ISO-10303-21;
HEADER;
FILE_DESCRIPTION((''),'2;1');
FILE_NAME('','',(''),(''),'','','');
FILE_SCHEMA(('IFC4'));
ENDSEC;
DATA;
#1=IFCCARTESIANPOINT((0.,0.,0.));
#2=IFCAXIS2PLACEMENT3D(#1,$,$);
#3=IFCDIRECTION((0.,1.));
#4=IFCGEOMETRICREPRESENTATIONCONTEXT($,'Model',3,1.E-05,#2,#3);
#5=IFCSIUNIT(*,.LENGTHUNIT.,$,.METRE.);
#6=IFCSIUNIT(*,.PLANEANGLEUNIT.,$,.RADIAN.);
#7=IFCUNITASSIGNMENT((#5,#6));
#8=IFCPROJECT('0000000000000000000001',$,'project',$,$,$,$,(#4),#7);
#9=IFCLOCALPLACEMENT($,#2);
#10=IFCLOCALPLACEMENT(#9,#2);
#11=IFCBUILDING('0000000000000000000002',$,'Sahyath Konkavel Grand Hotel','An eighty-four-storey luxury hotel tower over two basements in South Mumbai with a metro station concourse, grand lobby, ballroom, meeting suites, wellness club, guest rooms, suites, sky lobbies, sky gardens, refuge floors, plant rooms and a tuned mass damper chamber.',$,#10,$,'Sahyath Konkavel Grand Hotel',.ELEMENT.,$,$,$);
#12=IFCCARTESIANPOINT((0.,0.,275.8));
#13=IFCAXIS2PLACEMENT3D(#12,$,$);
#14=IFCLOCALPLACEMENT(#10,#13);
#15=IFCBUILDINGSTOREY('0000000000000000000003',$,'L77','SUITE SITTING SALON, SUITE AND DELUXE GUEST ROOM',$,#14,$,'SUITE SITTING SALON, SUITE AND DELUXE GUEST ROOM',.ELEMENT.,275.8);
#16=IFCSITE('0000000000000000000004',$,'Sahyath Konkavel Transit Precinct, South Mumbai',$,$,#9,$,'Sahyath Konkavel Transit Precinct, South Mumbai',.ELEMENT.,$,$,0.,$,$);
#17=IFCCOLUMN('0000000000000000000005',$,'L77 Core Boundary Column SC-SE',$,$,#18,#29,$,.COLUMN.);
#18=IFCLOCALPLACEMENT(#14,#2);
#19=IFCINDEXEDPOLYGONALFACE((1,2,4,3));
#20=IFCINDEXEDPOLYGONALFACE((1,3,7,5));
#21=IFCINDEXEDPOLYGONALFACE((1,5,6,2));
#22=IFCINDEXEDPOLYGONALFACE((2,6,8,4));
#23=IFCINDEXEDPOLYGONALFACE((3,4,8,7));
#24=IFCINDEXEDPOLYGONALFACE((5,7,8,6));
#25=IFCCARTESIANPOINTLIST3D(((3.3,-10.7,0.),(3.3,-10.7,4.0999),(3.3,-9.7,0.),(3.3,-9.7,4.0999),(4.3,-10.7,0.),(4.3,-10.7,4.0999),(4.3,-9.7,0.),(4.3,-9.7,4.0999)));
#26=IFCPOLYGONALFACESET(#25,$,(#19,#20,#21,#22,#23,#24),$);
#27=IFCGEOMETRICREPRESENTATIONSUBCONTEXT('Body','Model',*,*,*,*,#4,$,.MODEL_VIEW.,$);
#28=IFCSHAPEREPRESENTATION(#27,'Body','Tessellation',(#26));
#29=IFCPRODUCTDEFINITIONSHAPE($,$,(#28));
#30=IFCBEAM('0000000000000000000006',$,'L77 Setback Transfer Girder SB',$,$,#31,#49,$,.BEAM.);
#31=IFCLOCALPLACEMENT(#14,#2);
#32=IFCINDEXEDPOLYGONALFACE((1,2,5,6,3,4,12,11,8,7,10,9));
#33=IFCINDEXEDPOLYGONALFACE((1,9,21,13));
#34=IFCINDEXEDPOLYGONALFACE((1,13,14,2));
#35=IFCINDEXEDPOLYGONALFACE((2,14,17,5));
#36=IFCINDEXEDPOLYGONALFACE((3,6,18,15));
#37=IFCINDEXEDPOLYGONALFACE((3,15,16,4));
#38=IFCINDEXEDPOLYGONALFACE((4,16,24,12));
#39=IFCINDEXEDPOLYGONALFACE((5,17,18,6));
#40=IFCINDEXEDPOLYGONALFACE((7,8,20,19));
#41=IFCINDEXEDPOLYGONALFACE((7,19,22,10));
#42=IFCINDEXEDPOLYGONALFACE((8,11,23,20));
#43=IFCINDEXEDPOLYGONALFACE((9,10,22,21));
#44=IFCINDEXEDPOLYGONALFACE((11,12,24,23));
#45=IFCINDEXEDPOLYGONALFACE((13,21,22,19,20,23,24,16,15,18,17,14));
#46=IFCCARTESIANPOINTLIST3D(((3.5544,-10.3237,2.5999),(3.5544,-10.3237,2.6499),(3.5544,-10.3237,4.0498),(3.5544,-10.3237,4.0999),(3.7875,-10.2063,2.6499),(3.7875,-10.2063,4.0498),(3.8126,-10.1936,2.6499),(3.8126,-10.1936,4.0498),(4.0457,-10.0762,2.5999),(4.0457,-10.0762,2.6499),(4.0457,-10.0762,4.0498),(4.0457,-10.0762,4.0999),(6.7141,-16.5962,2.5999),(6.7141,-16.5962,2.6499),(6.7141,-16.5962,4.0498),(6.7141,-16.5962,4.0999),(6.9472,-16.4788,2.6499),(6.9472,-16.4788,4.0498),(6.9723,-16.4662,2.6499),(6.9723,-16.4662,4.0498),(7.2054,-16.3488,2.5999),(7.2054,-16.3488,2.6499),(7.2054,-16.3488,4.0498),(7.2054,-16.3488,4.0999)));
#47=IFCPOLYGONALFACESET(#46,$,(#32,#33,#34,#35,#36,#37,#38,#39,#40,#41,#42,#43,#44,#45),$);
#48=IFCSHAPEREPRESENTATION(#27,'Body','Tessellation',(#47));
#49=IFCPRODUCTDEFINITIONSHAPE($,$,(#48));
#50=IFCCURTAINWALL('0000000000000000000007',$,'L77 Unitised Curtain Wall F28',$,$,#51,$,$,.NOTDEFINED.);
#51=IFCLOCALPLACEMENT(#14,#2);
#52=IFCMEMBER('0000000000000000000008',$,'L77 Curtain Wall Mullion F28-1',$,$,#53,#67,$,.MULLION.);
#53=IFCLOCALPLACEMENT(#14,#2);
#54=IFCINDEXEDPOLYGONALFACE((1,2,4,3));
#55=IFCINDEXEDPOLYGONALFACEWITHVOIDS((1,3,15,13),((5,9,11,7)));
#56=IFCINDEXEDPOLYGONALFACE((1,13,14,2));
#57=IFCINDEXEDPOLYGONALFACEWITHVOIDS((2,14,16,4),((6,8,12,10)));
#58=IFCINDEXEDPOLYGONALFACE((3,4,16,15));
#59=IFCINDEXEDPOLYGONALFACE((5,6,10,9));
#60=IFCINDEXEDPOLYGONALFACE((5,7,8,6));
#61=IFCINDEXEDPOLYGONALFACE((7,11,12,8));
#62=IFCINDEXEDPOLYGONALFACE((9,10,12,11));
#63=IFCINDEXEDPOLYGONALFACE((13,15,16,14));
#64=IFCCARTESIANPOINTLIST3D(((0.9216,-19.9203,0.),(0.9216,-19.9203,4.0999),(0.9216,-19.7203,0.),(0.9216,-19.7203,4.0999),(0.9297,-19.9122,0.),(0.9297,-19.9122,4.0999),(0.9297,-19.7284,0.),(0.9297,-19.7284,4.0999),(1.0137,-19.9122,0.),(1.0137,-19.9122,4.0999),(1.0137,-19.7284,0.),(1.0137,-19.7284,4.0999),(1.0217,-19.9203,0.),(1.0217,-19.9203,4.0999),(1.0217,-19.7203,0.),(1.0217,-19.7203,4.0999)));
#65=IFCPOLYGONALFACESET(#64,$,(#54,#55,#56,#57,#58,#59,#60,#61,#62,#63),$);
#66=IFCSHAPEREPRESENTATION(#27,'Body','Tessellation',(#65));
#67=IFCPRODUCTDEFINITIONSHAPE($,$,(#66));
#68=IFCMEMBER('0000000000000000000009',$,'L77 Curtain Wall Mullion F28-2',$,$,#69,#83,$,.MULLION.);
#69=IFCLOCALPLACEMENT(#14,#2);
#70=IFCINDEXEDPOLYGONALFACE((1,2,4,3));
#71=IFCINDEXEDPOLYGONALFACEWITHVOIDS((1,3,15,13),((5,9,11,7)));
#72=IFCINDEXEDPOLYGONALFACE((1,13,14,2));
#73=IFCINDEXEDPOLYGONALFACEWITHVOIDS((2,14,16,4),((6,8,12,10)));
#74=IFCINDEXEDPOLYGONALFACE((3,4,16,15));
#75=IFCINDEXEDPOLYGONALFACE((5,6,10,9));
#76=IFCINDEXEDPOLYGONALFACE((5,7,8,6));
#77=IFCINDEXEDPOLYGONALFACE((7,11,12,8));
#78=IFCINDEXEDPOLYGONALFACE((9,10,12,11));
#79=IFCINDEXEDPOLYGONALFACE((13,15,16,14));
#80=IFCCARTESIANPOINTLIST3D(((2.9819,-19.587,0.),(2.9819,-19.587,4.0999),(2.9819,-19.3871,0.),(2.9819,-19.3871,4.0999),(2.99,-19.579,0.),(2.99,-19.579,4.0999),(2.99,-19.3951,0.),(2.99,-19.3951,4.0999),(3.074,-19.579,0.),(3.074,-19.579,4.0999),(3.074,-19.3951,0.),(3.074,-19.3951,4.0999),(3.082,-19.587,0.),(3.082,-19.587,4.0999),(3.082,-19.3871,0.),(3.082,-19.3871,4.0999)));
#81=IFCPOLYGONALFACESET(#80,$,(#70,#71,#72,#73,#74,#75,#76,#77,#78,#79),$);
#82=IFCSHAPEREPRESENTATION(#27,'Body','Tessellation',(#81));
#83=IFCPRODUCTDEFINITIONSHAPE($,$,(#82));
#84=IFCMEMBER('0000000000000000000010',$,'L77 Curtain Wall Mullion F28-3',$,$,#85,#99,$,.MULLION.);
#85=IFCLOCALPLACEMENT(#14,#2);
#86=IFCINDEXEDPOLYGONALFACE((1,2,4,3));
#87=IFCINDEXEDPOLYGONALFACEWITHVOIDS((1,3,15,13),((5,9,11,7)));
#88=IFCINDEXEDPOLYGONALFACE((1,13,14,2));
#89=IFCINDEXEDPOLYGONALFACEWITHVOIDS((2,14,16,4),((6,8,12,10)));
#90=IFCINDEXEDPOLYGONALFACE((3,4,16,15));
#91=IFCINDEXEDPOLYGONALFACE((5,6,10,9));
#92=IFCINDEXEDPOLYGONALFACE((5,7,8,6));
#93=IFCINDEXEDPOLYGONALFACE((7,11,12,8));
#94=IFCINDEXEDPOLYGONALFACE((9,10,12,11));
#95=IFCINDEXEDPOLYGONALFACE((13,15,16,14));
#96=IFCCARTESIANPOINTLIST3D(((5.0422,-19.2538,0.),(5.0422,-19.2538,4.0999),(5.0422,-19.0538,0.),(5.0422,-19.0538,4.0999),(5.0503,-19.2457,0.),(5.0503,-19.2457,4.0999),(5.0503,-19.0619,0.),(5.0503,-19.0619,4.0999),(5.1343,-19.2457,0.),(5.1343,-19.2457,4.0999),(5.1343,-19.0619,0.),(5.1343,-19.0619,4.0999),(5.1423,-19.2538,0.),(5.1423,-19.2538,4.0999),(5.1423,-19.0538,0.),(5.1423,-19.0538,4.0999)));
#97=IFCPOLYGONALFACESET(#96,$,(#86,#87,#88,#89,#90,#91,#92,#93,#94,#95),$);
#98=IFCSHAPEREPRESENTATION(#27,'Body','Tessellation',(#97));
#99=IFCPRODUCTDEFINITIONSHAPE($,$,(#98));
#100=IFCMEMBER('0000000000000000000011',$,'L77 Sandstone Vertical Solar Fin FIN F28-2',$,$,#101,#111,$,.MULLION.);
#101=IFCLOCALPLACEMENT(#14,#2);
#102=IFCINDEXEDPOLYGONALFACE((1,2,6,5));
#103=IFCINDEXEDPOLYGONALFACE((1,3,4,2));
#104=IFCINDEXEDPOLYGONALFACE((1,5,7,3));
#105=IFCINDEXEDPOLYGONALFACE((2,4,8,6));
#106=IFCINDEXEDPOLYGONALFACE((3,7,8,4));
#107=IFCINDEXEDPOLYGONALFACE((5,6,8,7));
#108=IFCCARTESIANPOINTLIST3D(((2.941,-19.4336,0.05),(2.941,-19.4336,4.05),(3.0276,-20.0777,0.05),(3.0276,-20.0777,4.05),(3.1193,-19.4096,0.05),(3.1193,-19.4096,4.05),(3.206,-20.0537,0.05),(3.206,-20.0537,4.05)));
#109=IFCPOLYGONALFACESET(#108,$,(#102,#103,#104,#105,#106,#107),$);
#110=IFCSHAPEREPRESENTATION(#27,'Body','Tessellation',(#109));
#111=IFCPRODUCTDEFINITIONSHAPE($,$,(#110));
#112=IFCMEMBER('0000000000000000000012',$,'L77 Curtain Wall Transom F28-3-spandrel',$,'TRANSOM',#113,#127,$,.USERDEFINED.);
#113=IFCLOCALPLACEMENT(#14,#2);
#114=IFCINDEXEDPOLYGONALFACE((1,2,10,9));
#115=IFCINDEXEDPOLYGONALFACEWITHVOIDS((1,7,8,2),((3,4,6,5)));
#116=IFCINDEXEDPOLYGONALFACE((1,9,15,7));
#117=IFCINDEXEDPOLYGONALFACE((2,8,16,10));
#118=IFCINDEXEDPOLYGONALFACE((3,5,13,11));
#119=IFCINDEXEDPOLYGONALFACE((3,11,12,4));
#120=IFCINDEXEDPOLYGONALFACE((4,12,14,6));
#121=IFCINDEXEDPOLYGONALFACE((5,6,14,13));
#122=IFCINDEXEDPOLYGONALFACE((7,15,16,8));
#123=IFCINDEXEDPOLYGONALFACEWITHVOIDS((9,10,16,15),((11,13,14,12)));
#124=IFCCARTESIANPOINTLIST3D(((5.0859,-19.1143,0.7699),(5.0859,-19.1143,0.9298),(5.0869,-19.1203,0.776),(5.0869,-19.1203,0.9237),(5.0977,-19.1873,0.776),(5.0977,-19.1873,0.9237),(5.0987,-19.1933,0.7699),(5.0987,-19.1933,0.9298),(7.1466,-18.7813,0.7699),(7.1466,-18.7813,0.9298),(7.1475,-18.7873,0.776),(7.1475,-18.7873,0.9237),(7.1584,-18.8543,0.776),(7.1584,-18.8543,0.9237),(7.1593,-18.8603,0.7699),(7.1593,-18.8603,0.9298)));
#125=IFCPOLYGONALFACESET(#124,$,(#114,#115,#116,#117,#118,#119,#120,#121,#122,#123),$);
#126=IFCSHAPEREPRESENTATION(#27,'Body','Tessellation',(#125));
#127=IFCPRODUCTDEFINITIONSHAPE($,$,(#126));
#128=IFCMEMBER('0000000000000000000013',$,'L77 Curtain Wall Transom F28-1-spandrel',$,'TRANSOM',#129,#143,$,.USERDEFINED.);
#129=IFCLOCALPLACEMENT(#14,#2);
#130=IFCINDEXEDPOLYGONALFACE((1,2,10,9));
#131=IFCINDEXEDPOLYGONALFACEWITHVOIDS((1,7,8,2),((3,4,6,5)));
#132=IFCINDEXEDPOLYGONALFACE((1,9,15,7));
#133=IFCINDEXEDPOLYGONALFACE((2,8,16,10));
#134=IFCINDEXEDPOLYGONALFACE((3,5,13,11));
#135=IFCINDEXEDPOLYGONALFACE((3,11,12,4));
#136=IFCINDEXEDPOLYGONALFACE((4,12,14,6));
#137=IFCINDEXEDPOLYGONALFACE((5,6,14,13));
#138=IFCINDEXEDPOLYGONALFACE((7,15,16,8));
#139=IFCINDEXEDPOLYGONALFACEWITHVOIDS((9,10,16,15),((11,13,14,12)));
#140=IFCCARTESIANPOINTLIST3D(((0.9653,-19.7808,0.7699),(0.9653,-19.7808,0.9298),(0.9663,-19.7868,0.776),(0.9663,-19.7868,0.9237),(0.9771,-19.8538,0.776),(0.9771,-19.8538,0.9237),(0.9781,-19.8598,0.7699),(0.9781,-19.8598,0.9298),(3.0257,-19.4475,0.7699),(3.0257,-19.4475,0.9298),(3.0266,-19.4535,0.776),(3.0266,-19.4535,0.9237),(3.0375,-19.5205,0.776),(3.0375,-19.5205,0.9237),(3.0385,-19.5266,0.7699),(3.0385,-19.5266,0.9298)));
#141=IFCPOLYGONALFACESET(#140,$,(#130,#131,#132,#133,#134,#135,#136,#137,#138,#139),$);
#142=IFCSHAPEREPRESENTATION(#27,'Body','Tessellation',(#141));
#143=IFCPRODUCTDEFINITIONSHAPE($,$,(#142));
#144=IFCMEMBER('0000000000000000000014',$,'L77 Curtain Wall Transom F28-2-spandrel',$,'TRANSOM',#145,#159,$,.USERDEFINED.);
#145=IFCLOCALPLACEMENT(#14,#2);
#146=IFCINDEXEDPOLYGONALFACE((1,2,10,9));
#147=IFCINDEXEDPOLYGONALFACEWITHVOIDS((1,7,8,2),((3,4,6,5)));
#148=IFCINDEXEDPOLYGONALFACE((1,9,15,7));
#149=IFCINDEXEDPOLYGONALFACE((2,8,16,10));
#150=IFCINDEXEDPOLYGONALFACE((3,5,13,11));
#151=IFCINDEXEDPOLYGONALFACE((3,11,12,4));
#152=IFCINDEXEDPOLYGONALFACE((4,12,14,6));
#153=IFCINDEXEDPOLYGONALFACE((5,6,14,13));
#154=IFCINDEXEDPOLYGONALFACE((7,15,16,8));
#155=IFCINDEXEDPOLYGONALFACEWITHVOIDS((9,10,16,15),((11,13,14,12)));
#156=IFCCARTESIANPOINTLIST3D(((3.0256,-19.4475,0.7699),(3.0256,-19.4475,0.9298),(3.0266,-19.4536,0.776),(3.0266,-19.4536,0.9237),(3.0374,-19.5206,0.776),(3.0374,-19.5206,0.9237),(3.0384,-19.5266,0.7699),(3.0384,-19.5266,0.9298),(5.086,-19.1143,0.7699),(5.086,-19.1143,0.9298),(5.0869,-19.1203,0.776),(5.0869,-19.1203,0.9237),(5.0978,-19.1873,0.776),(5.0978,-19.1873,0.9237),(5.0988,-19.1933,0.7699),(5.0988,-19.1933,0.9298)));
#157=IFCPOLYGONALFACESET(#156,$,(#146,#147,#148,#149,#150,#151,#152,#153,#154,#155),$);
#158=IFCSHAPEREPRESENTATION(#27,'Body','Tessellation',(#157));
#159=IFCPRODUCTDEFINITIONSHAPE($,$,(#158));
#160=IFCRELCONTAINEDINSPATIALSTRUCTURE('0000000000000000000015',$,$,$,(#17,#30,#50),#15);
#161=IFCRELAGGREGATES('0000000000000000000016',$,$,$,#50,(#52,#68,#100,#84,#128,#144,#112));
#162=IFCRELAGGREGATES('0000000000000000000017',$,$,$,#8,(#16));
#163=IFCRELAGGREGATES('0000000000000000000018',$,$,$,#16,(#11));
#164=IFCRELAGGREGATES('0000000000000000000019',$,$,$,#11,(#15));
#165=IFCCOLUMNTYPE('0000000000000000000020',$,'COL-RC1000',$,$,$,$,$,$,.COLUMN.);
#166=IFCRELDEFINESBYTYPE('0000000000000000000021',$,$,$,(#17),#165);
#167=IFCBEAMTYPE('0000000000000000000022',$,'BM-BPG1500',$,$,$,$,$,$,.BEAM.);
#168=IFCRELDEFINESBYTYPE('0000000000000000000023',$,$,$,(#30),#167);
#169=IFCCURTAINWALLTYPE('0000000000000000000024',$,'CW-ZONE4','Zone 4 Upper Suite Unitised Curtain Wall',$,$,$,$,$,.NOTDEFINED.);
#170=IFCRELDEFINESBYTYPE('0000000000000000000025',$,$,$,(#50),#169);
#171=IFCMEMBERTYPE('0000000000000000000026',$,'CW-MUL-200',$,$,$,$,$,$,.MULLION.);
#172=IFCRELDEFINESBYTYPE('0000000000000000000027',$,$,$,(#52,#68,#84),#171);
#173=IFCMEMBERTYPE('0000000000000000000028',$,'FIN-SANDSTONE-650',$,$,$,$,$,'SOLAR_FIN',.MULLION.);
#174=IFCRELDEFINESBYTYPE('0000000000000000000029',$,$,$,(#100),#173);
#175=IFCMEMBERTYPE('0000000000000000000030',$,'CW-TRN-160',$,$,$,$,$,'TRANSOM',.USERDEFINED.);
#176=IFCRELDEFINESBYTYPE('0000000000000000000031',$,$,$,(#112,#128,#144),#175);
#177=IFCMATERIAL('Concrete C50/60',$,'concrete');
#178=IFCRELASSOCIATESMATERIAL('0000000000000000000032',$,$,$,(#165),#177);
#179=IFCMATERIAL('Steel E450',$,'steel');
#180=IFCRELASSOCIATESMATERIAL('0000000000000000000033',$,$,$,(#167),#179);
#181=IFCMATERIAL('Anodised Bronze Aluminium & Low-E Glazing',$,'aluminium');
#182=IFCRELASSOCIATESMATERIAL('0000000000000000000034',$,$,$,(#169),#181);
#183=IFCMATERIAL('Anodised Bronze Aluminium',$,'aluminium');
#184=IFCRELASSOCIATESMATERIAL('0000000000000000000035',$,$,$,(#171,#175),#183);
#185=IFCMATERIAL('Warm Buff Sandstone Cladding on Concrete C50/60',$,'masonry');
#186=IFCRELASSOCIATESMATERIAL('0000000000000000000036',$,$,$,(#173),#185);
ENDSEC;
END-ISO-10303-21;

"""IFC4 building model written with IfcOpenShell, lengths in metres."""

from ifc_helpers import new_model, si_unit, direction, frame, origin, origin_2d, place, context, subcontext, project, spatial, rectangle, hollow_rectangle, i_section, extrude, source, transform, mapped, material, material_profile, profile_set, type_object, element, aggregate, save


model = new_model("IFC4")

# Units and contexts
model_context = context("Model", 3, precision=1e-05, world=origin(), true_north=direction((0.0, 1.0)))
body_context = subcontext(model_context, "Body", "Model", "MODEL_VIEW")
ifc_project = project(units=[si_unit("LENGTHUNIT", "METRE"), si_unit("PLANEANGLEUNIT", "RADIAN")], contexts=[model_context])

# Site, building, storey
site_placement = place(None, origin())
site = spatial("IfcSite", under=ifc_project, at=site_placement, Name="Sahyath Konkavel Transit Precinct, South Mumbai", LongName="Sahyath Konkavel Transit Precinct, South Mumbai", CompositionType="ELEMENT", RefElevation=0.0)
building_placement = place(site_placement, origin())
building = spatial("IfcBuilding", under=site, at=building_placement, Name="Sahyath Konkavel Grand Hotel", Description="An eighty-four-storey luxury hotel tower over two basements in South Mumbai with a metro station concourse, grand lobby, ballroom, meeting suites, wellness club, guest rooms, suites, sky lobbies, sky gardens, refuge floors, plant rooms and a tuned mass damper chamber.", LongName="Sahyath Konkavel Grand Hotel", CompositionType="ELEMENT")
storey_placement = place(building_placement, frame((0.0, 0.0, 275.8)))
storey = spatial("IfcBuildingStorey", under=building, at=storey_placement, Name="L77", Description="SUITE SITTING SALON, SUITE AND DELUXE GUEST ROOM", LongName="SUITE SITTING SALON, SUITE AND DELUXE GUEST ROOM", CompositionType="ELEMENT", Elevation=275.8)

# Column
ifc_material_1 = material(Name="Concrete C50/60", Category="concrete")
ifc_material_profile_1 = material_profile(ifc_material_1, rectangle(XDim=1.0, YDim=1.0, at=origin_2d()), Name="RC 1000x1000")
ifc_profile_set_1 = profile_set([ifc_material_profile_1], Name="Concrete C50/60")
column_type = type_object("IfcColumnType", Name="COL-RC1000", PredefinedType="COLUMN", material=ifc_profile_set_1)
shared_shape_1 = source(origin(), body_context, "Body", "SweptSolid", [
    extrude(rectangle(XDim=1.0, YDim=1.0, at=origin_2d()), origin(), (0.0, 0.0, 1.0), 4.0999),
])
column_placement = place(storey_placement, frame((3.8, -10.2, 0.0), z_axis=(0.0, 0.0, 1.0), x_axis=(1.0, 0.0, 0.0)))
element("IfcColumn", 1, at=column_placement, inside=storey, type_object=column_type, Name="L77 Core Boundary Column SC-SE", PredefinedType="COLUMN", context=body_context, shape_type="MappedRepresentation", body=[
    mapped(shared_shape_1, transform((0.0, 0.0, 0.0), scale=1.0)),
])

# Beam
ifc_material_2 = material(Name="Steel E450", Category="steel")
ifc_material_profile_2 = material_profile(ifc_material_2, i_section(OverallWidth=0.55, OverallDepth=1.5, WebThickness=0.0281, FlangeThickness=0.05, at=origin_2d()), Name="BPG 1500x550")
ifc_profile_set_2 = profile_set([ifc_material_profile_2], Name="Steel E450")
beam_type_1 = type_object("IfcBeamType", Name="BM-BPG1500", PredefinedType="BEAM", material=ifc_profile_set_2)
shared_shape_2 = source(origin(), body_context, "Body", "SweptSolid", [
    extrude(i_section(OverallWidth=0.55, OverallDepth=1.5, WebThickness=0.0281, FlangeThickness=0.05, at=origin_2d()), origin(), (0.0, 0.0, 1.0), 7.0234),
])
beam_1_placement = place(storey_placement, frame((3.8, -10.2, 3.3499), z_axis=(0.449881, -0.893088, 0.0), x_axis=(0.893088, 0.449881, 0.0)))
element("IfcBeam", 2, at=beam_1_placement, inside=storey, type_object=beam_type_1, Name="L77 Setback Transfer Girder SB", PredefinedType="BEAM", context=body_context, shape_type="MappedRepresentation", body=[
    mapped(shared_shape_2, transform((0.0, 0.0, 0.0), scale=1.0)),
])

# Curtain wall, members
ifc_material_3 = material(Name="Anodised Bronze Aluminium & Low-E Glazing", Category="aluminium")
curtain_wall_type = type_object("IfcCurtainWallType", Name="CW-ZONE4", Description="Zone 4 Upper Suite Unitised Curtain Wall", PredefinedType="NOTDEFINED", material=ifc_material_3)
curtain_wall_placement = place(storey_placement, origin())
curtain_wall = element("IfcCurtainWall", 3, at=curtain_wall_placement, inside=storey, type_object=curtain_wall_type, Name="L77 Unitised Curtain Wall F28", PredefinedType="NOTDEFINED")
ifc_material_4 = material(Name="Anodised Bronze Aluminium", Category="aluminium")
ifc_material_profile_3 = material_profile(ifc_material_4, hollow_rectangle(XDim=0.1001, YDim=0.2, WallThickness=0.0081, at=origin_2d()), Name="RHS 200x100x8")
ifc_profile_set_3 = profile_set([ifc_material_profile_3], Name="Anodised Bronze Aluminium")
member_type_1 = type_object("IfcMemberType", Name="CW-MUL-200", PredefinedType="MULLION", material=ifc_profile_set_3)
shared_shape_3 = source(origin(), body_context, "Body", "SweptSolid", [
    extrude(hollow_rectangle(XDim=0.1001, YDim=0.2, WallThickness=0.0081, at=origin_2d()), origin(), (0.0, 0.0, 1.0), 4.0999),
])
member_1_placement = place(storey_placement, frame((0.9717, -19.8203, 0.0), z_axis=(0.0, 0.0, 1.0), x_axis=(1.0, 0.0, 0.0)))
member_1 = element("IfcMember", 4, at=member_1_placement, type_object=member_type_1, Name="L77 Curtain Wall Mullion F28-1", PredefinedType="MULLION", context=body_context, shape_type="MappedRepresentation", body=[
    mapped(shared_shape_3, transform((0.0, 0.0, 0.0), scale=1.0)),
])
member_2_placement = place(storey_placement, frame((3.032, -19.4871, 0.0), z_axis=(0.0, 0.0, 1.0), x_axis=(1.0, 0.0, 0.0)))
member_2 = element("IfcMember", 5, at=member_2_placement, type_object=member_type_1, Name="L77 Curtain Wall Mullion F28-2", PredefinedType="MULLION", context=body_context, shape_type="MappedRepresentation", body=[
    mapped(shared_shape_3, transform((0.0, 0.0, 0.0), scale=1.0)),
])
member_3_placement = place(storey_placement, frame((5.0923, -19.1538, 0.0), z_axis=(0.0, 0.0, 1.0), x_axis=(1.0, 0.0, 0.0)))
member_3 = element("IfcMember", 6, at=member_3_placement, type_object=member_type_1, Name="L77 Curtain Wall Mullion F28-3", PredefinedType="MULLION", context=body_context, shape_type="MappedRepresentation", body=[
    mapped(shared_shape_3, transform((0.0, 0.0, 0.0), scale=1.0)),
])
ifc_material_5 = material(Name="Warm Buff Sandstone Cladding on Concrete C50/60", Category="masonry")
ifc_material_profile_4 = material_profile(ifc_material_5, rectangle(XDim=0.1799, YDim=0.6499, at=origin_2d()), Name="FIN 180x650")
ifc_profile_set_4 = profile_set([ifc_material_profile_4], Name="Warm Buff Sandstone Cladding on Concrete C50/60")
member_type_2 = type_object("IfcMemberType", Name="FIN-SANDSTONE-650", ElementType="SOLAR_FIN", PredefinedType="MULLION", material=ifc_profile_set_4)
shared_shape_4 = source(origin(), body_context, "Body", "SweptSolid", [
    extrude(rectangle(XDim=0.1799, YDim=0.6499, at=origin_2d()), origin(), (0.0, 0.0, 1.0), 4.0),
])
member_4_placement = place(storey_placement, frame((3.0735, -19.7437, 0.05), z_axis=(0.0, 0.0, 1.0), x_axis=(0.991076, 0.133294, 0.0)))
member_4 = element("IfcMember", 7, at=member_4_placement, type_object=member_type_2, Name="L77 Sandstone Vertical Solar Fin FIN F28-2", PredefinedType="MULLION", context=body_context, shape_type="MappedRepresentation", body=[
    mapped(shared_shape_4, transform((0.0, 0.0, 0.0), scale=1.0)),
])
ifc_material_profile_5 = material_profile(ifc_material_4, hollow_rectangle(XDim=0.0801, YDim=0.1599, WallThickness=0.0061, at=origin_2d()), Name="RHS 160x80x6")
ifc_profile_set_5 = profile_set([ifc_material_profile_5], Name="Anodised Bronze Aluminium")
member_type_3 = type_object("IfcMemberType", Name="CW-TRN-160", ElementType="TRANSOM", PredefinedType="USERDEFINED", material=ifc_profile_set_5)
shared_shape_5 = source(origin(), body_context, "Body", "SweptSolid", [
    extrude(hollow_rectangle(XDim=0.0801, YDim=0.1599, WallThickness=0.0061, at=origin_2d()), origin(), (0.0, 0.0, 1.0), 2.0874),
])
member_5_placement = place(storey_placement, frame((5.0923, -19.1538, 0.8499), z_axis=(0.987191, 0.159541, 0.0), x_axis=(-0.159541, 0.987191, 0.0)))
member_5 = element("IfcMember", 8, at=member_5_placement, type_object=member_type_3, Name="L77 Curtain Wall Transom F28-3-spandrel", ObjectType="TRANSOM", PredefinedType="USERDEFINED", context=body_context, shape_type="MappedRepresentation", body=[
    mapped(shared_shape_5, transform((0.0, 0.0, 0.0), scale=1.0)),
])
shared_shape_6 = source(origin(), body_context, "Body", "SweptSolid", [
    extrude(hollow_rectangle(XDim=0.0801, YDim=0.1599, WallThickness=0.0061, at=origin_2d()), origin(), (0.0, 0.0, 1.0), 2.0872),
])
member_6_placement = place(storey_placement, frame((0.9717, -19.8203, 0.8499), z_axis=(0.98717, 0.159674, 0.0), x_axis=(-0.159674, 0.98717, 0.0)))
member_6 = element("IfcMember", 9, at=member_6_placement, type_object=member_type_3, Name="L77 Curtain Wall Transom F28-1-spandrel", ObjectType="TRANSOM", PredefinedType="USERDEFINED", context=body_context, shape_type="MappedRepresentation", body=[
    mapped(shared_shape_6, transform((0.0, 0.0, 0.0), scale=1.0)),
])
member_7_placement = place(storey_placement, frame((3.032, -19.4871, 0.8499), z_axis=(0.98717, 0.159674, 0.0), x_axis=(-0.159674, 0.98717, 0.0)))
member_7 = element("IfcMember", 10, at=member_7_placement, type_object=member_type_3, Name="L77 Curtain Wall Transom F28-2-spandrel", ObjectType="TRANSOM", PredefinedType="USERDEFINED", context=body_context, shape_type="MappedRepresentation", body=[
    mapped(shared_shape_6, transform((0.0, 0.0, 0.0), scale=1.0)),
])

aggregate(curtain_wall, [member_1, member_2, member_4, member_3, member_6, member_7, member_5])

save(model, "model.ifc")
